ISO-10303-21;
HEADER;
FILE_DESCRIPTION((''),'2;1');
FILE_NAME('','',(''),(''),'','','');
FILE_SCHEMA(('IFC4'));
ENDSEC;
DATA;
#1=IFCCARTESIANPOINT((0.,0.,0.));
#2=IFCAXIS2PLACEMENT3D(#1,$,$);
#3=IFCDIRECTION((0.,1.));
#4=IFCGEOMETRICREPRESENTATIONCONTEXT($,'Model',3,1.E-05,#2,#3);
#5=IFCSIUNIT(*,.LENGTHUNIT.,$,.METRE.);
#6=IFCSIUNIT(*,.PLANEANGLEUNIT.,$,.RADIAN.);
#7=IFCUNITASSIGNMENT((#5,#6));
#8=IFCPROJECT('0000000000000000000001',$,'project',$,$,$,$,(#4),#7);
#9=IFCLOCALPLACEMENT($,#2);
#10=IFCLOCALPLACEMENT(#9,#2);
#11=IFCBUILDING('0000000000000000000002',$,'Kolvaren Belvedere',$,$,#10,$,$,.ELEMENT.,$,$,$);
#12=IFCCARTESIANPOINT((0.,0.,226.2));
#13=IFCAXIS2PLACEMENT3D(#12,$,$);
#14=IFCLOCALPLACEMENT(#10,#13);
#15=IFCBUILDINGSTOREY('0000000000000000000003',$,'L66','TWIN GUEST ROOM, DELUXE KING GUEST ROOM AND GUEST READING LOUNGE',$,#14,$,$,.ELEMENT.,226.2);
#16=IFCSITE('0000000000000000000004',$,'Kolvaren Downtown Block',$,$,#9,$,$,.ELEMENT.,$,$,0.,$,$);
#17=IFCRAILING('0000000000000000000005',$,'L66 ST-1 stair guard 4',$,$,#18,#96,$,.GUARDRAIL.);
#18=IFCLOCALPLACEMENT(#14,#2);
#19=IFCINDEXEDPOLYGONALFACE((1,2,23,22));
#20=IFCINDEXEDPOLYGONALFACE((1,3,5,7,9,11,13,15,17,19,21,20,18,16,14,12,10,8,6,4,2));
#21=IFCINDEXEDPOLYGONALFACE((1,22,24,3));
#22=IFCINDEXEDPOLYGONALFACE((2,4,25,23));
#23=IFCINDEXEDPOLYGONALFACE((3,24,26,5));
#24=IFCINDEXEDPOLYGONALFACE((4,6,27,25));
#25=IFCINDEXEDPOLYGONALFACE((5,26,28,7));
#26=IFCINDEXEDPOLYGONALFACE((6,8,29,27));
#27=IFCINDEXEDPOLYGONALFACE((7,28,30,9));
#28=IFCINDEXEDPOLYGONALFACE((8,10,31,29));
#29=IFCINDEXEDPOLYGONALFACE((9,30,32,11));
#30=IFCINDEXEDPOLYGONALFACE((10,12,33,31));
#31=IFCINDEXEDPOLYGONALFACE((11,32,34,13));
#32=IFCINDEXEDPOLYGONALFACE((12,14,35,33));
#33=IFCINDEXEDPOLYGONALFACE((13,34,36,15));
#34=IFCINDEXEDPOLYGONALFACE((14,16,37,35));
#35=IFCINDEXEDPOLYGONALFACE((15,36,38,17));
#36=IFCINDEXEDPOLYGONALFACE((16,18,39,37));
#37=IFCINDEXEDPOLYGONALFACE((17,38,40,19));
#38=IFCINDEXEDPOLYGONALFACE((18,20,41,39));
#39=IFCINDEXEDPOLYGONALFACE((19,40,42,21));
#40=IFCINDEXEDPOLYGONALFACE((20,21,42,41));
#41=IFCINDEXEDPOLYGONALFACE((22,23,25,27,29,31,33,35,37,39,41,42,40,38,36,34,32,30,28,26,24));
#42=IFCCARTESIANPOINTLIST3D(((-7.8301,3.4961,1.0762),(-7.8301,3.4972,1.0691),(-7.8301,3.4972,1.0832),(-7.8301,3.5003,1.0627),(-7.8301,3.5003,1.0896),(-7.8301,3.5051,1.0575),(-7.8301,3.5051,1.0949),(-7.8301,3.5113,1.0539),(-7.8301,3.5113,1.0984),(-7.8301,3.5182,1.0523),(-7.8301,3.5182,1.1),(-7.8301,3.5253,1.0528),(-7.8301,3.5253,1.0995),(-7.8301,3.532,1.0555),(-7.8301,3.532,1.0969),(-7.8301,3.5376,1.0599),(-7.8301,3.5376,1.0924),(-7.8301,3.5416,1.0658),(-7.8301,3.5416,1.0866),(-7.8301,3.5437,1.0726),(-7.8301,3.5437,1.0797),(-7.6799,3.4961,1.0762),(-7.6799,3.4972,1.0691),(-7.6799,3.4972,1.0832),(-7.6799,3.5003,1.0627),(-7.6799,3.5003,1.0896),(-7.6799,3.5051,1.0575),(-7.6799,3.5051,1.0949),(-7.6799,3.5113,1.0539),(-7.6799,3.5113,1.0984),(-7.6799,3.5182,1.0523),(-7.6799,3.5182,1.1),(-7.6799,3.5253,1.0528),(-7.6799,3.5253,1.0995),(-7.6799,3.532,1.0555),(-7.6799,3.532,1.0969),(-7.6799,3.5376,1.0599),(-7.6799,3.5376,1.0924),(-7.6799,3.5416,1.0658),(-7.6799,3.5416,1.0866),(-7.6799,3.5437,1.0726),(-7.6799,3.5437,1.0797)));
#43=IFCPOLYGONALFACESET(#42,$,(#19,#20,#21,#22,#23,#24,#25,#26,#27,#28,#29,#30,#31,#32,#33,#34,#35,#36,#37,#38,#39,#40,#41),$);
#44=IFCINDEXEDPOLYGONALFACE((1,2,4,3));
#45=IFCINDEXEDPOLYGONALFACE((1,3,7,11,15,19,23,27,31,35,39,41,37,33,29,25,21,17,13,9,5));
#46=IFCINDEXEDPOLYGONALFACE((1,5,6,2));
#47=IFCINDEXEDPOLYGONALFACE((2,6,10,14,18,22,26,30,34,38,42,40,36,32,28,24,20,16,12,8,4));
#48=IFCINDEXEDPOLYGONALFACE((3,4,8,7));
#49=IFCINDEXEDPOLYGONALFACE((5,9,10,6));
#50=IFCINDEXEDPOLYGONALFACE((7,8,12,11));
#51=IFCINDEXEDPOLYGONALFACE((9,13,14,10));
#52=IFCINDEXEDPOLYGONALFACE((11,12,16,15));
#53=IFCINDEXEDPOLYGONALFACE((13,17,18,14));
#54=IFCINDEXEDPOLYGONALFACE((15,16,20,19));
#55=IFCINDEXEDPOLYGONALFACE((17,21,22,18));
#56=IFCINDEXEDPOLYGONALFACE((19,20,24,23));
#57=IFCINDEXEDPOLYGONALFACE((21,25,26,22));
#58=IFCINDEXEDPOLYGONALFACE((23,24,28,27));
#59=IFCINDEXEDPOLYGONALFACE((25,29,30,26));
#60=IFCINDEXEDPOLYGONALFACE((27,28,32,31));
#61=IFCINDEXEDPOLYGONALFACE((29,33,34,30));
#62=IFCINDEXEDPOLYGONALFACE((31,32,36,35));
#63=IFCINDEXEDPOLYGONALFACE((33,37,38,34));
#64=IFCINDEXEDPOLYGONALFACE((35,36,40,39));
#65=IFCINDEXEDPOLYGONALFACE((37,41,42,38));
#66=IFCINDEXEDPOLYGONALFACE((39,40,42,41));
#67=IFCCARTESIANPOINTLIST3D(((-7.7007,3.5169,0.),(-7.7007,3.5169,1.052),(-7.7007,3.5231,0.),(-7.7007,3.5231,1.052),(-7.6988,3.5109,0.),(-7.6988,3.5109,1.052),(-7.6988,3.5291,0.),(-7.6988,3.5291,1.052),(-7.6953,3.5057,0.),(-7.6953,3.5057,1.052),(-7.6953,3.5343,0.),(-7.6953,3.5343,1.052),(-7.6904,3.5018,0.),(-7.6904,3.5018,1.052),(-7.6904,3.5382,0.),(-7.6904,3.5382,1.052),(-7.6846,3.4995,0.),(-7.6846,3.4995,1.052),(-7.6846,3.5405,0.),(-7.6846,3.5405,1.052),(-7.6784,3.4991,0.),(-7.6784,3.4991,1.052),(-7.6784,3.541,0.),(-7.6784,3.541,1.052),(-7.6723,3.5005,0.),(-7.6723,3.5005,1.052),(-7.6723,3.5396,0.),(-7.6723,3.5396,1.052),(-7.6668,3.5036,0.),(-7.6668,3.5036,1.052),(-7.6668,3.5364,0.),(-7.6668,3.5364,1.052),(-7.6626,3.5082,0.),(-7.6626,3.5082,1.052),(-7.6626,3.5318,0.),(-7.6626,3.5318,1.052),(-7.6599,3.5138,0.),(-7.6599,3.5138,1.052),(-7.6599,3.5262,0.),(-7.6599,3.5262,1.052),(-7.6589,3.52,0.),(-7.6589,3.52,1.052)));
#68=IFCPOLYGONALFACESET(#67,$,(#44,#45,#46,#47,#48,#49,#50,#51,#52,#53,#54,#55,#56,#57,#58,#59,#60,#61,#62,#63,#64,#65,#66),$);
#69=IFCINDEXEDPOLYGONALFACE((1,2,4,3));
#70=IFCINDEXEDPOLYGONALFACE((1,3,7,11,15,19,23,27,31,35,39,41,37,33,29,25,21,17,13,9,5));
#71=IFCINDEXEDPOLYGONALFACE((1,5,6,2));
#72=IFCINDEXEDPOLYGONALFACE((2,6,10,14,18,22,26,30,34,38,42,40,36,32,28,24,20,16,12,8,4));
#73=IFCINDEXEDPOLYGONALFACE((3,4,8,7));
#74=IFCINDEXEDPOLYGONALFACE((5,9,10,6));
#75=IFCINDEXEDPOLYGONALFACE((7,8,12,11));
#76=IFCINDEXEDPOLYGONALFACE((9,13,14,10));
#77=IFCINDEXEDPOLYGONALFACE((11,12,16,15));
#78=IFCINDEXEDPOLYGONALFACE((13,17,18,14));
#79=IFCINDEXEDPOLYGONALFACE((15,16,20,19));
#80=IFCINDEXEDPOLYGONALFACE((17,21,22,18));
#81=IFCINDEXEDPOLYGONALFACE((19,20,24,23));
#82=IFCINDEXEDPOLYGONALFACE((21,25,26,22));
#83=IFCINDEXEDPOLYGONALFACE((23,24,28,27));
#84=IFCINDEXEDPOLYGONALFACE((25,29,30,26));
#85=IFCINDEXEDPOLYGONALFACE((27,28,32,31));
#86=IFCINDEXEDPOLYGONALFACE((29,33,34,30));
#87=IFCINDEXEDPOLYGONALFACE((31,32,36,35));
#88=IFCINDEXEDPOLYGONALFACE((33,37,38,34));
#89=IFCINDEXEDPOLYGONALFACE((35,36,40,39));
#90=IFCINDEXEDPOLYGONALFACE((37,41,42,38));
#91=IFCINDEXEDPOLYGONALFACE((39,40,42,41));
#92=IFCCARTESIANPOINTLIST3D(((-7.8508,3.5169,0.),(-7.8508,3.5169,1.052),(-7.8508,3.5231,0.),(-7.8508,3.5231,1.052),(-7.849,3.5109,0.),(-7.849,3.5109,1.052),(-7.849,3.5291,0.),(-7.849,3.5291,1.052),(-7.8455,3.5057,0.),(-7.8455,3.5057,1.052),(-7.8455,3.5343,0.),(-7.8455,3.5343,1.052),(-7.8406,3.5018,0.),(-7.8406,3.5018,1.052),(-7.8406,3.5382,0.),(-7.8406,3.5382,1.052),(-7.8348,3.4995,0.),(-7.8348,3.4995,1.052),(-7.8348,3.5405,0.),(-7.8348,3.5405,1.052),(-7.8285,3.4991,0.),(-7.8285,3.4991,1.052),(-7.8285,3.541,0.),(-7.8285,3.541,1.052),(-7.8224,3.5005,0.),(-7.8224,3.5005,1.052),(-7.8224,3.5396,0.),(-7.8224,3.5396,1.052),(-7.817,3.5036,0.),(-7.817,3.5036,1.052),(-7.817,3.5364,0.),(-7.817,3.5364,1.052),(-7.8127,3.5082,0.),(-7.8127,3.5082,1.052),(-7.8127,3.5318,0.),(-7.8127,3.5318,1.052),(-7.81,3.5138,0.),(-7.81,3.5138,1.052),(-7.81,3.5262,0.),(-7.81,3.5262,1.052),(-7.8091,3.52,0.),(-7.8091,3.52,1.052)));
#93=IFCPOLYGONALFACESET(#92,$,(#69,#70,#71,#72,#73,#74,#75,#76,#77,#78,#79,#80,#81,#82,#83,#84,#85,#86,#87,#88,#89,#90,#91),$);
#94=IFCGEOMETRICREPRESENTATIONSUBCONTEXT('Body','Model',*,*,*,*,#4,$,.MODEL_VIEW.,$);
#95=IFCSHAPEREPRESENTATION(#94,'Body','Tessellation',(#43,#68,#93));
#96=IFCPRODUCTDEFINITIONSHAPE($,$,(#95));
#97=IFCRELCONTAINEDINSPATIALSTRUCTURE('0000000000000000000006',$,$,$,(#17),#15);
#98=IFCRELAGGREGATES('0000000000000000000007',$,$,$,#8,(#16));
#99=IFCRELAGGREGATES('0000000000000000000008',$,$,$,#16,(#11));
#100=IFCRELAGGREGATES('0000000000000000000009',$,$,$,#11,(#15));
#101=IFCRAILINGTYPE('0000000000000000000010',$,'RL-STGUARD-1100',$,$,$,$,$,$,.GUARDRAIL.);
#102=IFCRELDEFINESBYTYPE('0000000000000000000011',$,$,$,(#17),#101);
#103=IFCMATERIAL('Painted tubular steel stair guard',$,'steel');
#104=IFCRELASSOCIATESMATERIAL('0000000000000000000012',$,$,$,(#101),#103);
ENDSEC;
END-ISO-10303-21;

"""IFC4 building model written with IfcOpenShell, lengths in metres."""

from ifc_helpers import new_model, si_unit, direction, frame, origin, origin_2d, place, context, subcontext, project, spatial, circle, extrude, material, type_object, element, save


model = new_model("IFC4")

# Units and contexts
model_context = context("Model", 3, precision=1e-05, world=origin(), true_north=direction((0.0, 1.0)))
body_context = subcontext(model_context, "Body", "Model", "MODEL_VIEW")
ifc_project = project(units=[si_unit("LENGTHUNIT", "METRE"), si_unit("PLANEANGLEUNIT", "RADIAN")], contexts=[model_context])

# Site, building, storey
site_placement = place(None, origin())
site = spatial("IfcSite", under=ifc_project, at=site_placement, Name="Kolvaren Downtown Block", CompositionType="ELEMENT", RefElevation=0.0)
building_placement = place(site_placement, origin())
building = spatial("IfcBuilding", under=site, at=building_placement, Name="Kolvaren Belvedere", CompositionType="ELEMENT")
storey_placement = place(building_placement, frame((0.0, 0.0, 226.2)))
storey = spatial("IfcBuildingStorey", under=building, at=storey_placement, Name="L66", Description="TWIN GUEST ROOM, DELUXE KING GUEST ROOM AND GUEST READING LOUNGE", CompositionType="ELEMENT", Elevation=226.2)

# Railing
ifc_material_1 = material(Name="Painted tubular steel stair guard", Category="steel")
railing_type_1 = type_object("IfcRailingType", Name="RL-STGUARD-1100", PredefinedType="GUARDRAIL", material=ifc_material_1)
railing_1_placement = place(storey_placement, frame((-7.6799, 3.52, 0.0)))
element("IfcRailing", 1, at=railing_1_placement, inside=storey, type_object=railing_type_1, Name="L66 ST-1 stair guard 4", PredefinedType="GUARDRAIL", context=body_context, shape_type="SweptSolid", body=[
    extrude(circle(Radius=0.0239, at=origin_2d()), frame((0.0, 0.0, 1.0762), z_axis=(-1.0, 0.0, 0.0), x_axis=(0.0, -1.0, 0.0)), (0.0, 0.0, 1.0), 0.1501),
    extrude(circle(Radius=0.021, at=origin_2d()), origin(), (0.0, 0.0, 1.0), 1.052),
    extrude(circle(Radius=0.021, at=origin_2d()), frame((-0.1501, 0.0, 0.0)), (0.0, 0.0, 1.0), 1.052),
])

save(model, "model.ifc")
